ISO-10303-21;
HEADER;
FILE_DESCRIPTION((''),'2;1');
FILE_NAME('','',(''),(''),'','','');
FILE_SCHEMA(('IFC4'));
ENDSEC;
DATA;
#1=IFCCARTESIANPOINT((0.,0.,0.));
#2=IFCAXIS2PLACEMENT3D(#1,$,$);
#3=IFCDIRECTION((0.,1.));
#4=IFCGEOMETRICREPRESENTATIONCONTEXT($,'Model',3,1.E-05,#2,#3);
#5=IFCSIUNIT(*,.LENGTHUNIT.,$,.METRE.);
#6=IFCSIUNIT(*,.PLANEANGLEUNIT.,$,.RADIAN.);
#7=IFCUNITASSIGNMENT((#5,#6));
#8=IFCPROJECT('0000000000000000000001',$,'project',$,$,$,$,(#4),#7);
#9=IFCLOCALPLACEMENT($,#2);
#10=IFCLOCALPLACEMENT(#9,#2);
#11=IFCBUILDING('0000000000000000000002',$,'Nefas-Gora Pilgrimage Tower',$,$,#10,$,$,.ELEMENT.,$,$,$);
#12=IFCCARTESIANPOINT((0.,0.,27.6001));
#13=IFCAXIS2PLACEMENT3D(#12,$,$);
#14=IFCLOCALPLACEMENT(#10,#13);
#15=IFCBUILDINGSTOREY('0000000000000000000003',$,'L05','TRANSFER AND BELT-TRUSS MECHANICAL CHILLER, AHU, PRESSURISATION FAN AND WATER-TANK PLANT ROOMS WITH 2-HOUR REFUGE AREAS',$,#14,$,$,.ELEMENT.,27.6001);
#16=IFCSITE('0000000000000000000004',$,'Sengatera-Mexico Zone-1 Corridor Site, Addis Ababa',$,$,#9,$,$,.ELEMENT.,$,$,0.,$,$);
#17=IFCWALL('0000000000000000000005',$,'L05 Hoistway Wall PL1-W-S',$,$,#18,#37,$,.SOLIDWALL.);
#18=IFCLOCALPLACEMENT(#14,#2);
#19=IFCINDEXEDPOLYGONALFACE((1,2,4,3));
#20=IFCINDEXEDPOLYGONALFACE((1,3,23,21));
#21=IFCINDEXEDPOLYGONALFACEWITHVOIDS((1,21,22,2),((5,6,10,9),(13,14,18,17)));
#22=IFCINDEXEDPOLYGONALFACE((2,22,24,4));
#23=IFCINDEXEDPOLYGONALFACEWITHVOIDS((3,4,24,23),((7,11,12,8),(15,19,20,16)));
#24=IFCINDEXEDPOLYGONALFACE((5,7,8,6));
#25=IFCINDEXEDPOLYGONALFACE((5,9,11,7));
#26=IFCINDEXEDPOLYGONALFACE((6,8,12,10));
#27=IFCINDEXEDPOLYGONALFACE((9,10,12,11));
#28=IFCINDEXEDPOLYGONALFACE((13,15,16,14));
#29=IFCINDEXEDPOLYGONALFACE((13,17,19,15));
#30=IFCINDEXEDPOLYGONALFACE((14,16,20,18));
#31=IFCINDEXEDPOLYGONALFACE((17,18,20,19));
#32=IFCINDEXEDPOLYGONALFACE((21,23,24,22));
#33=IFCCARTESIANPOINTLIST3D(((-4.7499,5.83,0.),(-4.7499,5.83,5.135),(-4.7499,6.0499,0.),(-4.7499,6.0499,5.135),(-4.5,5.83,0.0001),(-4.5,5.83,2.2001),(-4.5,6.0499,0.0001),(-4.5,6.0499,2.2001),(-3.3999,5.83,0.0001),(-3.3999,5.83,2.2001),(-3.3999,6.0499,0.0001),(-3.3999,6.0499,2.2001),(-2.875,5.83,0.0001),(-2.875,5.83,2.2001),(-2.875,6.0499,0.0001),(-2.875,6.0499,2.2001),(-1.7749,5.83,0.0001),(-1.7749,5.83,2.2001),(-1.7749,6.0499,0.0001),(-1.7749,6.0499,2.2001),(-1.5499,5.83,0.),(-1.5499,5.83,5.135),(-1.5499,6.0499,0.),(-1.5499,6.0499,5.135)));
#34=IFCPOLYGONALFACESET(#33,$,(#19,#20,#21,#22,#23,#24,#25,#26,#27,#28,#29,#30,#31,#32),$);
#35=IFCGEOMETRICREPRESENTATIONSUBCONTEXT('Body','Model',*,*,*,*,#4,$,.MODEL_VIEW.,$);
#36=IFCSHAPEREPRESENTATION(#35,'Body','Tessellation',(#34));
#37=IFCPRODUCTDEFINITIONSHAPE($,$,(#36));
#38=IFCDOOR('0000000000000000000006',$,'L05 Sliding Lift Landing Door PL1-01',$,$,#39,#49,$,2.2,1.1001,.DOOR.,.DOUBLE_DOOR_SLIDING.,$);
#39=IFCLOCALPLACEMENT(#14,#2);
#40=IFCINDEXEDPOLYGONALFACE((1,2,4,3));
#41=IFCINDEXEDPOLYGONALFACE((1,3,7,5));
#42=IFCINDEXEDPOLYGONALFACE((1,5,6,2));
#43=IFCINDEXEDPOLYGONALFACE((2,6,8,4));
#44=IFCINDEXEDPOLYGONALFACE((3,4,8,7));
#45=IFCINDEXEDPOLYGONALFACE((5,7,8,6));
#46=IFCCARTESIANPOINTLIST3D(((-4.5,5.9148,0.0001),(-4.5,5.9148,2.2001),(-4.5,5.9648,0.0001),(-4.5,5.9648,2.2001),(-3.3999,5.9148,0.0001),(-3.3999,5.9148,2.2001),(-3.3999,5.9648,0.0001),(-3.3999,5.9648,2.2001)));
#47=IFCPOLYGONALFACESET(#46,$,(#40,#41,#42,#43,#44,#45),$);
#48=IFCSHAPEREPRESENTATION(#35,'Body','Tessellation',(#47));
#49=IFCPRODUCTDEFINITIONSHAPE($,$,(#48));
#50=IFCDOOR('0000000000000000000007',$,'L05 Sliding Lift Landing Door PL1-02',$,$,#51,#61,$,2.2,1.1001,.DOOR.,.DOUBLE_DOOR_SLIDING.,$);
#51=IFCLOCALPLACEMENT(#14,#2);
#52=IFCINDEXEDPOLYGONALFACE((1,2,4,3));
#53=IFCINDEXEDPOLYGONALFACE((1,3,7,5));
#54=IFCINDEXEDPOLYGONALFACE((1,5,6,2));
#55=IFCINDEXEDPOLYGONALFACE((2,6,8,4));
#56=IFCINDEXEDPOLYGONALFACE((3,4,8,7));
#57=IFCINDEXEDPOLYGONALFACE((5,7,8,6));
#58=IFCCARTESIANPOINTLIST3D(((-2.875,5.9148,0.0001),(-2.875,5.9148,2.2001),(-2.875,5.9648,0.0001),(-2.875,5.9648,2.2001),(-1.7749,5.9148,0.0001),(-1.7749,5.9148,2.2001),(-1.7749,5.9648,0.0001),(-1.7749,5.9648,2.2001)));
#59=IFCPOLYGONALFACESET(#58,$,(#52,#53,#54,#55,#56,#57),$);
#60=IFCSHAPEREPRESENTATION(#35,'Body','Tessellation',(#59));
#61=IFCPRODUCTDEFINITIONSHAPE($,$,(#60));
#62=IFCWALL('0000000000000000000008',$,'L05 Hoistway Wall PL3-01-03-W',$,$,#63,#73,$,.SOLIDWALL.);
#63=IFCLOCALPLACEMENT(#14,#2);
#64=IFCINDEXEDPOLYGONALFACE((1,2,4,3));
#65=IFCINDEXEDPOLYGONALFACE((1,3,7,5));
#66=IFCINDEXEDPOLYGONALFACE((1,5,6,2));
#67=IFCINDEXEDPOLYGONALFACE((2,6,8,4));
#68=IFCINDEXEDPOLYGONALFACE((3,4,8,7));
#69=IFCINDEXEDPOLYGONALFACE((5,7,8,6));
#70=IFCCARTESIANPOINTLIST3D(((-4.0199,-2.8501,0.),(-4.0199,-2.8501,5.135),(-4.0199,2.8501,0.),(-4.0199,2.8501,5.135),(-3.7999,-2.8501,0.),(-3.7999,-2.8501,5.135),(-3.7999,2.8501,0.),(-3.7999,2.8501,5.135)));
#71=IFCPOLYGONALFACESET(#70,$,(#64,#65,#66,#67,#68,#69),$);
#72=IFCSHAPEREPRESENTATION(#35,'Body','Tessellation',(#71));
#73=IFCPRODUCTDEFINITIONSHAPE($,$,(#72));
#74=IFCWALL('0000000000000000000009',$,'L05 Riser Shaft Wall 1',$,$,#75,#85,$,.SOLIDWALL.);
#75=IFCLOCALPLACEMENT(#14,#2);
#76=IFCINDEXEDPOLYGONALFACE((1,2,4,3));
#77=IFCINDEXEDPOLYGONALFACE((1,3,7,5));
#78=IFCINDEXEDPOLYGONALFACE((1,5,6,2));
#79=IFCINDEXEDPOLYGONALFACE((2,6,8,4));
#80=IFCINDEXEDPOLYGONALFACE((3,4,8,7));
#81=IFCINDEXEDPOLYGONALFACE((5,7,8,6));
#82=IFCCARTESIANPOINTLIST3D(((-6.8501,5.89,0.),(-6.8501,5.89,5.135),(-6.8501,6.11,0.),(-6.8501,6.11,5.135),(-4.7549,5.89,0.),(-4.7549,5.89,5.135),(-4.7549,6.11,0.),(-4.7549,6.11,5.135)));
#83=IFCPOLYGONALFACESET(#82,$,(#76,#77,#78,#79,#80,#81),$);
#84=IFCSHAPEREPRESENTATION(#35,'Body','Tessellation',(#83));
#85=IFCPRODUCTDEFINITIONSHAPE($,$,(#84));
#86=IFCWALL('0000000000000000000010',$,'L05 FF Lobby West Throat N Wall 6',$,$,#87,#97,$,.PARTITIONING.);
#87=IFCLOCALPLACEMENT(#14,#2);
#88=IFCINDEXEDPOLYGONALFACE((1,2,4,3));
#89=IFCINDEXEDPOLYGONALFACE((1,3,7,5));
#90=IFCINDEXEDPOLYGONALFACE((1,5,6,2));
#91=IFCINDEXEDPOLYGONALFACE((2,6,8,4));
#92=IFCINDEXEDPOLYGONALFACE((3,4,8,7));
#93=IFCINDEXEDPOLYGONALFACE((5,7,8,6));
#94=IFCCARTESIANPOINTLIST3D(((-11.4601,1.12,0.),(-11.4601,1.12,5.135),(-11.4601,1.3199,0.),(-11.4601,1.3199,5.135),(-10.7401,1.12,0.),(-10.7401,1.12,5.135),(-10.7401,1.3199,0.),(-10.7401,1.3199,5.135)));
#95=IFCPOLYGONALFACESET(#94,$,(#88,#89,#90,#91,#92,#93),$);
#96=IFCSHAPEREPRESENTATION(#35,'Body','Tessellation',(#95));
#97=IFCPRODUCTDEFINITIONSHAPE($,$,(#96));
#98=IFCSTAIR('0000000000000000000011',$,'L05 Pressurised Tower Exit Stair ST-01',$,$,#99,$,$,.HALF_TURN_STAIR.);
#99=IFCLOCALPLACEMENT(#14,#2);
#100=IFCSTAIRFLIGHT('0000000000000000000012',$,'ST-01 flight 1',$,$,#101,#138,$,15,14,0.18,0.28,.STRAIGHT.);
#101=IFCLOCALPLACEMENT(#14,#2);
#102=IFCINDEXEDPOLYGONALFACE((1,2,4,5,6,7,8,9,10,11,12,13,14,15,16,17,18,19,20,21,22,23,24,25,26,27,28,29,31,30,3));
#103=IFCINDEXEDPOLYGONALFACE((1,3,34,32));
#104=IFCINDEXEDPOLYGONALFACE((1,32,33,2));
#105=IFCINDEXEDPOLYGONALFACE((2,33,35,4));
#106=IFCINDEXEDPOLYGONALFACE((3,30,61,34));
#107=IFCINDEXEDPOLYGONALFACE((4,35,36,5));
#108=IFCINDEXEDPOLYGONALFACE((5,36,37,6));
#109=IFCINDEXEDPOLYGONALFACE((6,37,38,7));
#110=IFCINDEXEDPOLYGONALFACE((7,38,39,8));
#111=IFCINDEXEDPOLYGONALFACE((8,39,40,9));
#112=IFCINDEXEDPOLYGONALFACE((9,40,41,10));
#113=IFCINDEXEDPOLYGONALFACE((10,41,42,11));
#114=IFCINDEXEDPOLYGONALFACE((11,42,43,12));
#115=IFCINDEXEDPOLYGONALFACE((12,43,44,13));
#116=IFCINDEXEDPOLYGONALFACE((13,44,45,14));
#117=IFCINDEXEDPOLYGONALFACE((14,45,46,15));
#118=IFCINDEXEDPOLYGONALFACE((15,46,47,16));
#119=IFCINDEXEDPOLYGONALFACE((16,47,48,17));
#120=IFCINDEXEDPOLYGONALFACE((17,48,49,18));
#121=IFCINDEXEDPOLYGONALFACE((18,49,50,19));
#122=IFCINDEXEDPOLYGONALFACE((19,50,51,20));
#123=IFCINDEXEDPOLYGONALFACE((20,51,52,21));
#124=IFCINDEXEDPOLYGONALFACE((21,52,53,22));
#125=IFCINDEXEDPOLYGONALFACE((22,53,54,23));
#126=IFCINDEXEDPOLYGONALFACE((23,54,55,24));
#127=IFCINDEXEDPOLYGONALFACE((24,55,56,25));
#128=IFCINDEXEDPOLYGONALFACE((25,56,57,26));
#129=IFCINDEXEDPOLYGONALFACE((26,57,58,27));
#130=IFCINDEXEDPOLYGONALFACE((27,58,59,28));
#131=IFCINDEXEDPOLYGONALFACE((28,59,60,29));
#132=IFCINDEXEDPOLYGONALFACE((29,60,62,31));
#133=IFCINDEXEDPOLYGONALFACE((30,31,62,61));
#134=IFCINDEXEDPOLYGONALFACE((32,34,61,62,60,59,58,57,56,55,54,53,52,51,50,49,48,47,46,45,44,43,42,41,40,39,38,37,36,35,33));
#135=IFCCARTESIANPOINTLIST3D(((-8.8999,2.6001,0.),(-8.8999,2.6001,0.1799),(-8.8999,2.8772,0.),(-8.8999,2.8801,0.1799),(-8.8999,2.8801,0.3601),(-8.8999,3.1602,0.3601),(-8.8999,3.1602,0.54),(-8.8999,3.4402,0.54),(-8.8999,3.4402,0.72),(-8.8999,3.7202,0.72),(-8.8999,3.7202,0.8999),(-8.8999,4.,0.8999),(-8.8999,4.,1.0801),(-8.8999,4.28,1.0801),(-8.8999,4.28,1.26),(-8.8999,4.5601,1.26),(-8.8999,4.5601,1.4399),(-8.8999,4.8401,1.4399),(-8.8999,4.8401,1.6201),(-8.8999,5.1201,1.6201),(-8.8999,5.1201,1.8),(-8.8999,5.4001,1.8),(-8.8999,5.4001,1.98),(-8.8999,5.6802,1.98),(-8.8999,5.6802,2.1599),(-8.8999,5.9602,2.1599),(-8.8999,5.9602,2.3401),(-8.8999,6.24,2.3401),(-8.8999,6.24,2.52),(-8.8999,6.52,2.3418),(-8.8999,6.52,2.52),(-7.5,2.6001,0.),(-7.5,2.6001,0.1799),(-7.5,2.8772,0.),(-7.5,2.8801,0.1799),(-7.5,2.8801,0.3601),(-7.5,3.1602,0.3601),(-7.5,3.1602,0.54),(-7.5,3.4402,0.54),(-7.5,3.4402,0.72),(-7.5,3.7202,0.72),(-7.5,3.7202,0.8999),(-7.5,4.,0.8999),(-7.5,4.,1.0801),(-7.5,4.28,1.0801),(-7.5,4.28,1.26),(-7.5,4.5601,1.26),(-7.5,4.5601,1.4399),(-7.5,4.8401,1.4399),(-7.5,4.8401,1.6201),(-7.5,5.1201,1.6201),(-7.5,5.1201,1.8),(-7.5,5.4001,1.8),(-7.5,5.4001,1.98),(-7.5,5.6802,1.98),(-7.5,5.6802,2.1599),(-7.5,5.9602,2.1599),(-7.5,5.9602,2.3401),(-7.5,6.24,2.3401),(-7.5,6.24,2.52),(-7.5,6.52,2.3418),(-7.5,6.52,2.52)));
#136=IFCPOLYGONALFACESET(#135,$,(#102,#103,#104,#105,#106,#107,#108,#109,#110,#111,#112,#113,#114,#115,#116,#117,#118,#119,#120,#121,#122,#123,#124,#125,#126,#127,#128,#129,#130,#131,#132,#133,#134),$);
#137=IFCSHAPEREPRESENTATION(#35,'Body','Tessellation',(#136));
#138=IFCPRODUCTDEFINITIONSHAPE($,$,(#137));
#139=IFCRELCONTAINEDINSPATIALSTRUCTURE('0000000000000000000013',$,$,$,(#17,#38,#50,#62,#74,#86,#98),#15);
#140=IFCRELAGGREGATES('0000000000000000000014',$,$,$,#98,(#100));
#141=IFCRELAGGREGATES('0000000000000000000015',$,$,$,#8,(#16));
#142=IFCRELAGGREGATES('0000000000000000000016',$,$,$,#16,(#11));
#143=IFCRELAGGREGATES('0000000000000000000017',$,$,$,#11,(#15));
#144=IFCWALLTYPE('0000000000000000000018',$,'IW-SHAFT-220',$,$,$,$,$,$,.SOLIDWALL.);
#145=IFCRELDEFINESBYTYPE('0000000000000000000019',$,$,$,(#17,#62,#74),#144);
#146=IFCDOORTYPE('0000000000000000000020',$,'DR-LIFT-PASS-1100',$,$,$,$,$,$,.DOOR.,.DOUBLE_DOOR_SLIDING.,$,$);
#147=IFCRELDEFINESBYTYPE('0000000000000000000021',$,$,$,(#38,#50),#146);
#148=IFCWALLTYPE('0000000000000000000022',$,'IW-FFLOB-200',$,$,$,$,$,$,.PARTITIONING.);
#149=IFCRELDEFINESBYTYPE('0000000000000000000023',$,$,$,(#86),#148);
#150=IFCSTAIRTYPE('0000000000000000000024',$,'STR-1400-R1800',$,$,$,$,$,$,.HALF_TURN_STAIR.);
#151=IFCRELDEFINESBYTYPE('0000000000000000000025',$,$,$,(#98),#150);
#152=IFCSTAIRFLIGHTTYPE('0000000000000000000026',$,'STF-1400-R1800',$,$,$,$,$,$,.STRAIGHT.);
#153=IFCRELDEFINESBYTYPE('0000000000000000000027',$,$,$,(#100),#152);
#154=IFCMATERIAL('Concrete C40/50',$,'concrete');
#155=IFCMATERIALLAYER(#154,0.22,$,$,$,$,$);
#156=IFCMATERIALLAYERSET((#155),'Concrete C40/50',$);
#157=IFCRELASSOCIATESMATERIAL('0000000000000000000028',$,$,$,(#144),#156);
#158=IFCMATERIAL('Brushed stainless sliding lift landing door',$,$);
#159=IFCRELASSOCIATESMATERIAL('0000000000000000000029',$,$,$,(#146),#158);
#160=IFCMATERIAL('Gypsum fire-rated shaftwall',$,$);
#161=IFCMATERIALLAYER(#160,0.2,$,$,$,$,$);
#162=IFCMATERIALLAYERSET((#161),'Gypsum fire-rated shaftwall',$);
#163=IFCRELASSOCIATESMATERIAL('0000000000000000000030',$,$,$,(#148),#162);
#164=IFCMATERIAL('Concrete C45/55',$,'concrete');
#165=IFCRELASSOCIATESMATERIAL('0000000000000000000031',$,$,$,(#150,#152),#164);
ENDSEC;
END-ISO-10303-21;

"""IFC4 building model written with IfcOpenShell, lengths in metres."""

from ifc_helpers import new_model, si_unit, direction, frame, frame_2d, origin, place, context, subcontext, project, spatial, polyline, rectangle, outline, extrude, source, transform, mapped, material, layer, layer_set, type_object, element, fill, aggregate, save


model = new_model("IFC4")

# Units and contexts
model_context = context("Model", 3, precision=1e-05, world=origin(), true_north=direction((0.0, 1.0)))
body_context = subcontext(model_context, "Body", "Model", "MODEL_VIEW")
ifc_project = project(units=[si_unit("LENGTHUNIT", "METRE"), si_unit("PLANEANGLEUNIT", "RADIAN")], contexts=[model_context])

# Site, building, storey
site_placement = place(None, origin())
site = spatial("IfcSite", under=ifc_project, at=site_placement, Name="Sengatera-Mexico Zone-1 Corridor Site, Addis Ababa", CompositionType="ELEMENT", RefElevation=0.0)
building_placement = place(site_placement, origin())
building = spatial("IfcBuilding", under=site, at=building_placement, Name="Nefas-Gora Pilgrimage Tower", CompositionType="ELEMENT")
storey_placement = place(building_placement, frame((0.0, 0.0, 27.6001)))
storey = spatial("IfcBuildingStorey", under=building, at=storey_placement, Name="L05", Description="TRANSFER AND BELT-TRUSS MECHANICAL CHILLER, AHU, PRESSURISATION FAN AND WATER-TANK PLANT ROOMS WITH 2-HOUR REFUGE AREAS", CompositionType="ELEMENT", Elevation=27.6001)

# Shared definitions
ifc_material_1 = material(Name="Concrete C45/55", Category="concrete")

# Shared definitions
ifc_material_2 = material(Name="Concrete C40/50", Category="concrete")
ifc_layer_1 = layer(ifc_material_2, 0.22)
ifc_layer_set_1 = layer_set([ifc_layer_1], Name="Concrete C40/50")
wall_type_1 = type_object("IfcWallType", Name="IW-SHAFT-220", PredefinedType="SOLIDWALL", material=ifc_layer_set_1)

# Wall, openings, doors
shared_shape_1 = source(origin(), body_context, "Body", "SweptSolid", [
    extrude(rectangle(XDim=3.2, YDim=0.22, at=frame_2d((1.6001, 0.0))), origin(), (0.0, 0.0, 1.0), 5.135),
])
wall_1_placement = place(storey_placement, frame((-4.75, 5.9399, 0.0), z_axis=(0.0, 0.0, 1.0), x_axis=(1.0, 0.0, 0.0)))
wall_1 = element("IfcWall", 1, at=wall_1_placement, inside=storey, type_object=wall_type_1, Name="L05 Hoistway Wall PL1-W-S", PredefinedType="SOLIDWALL", context=body_context, shape_type="MappedRepresentation", body=[
    mapped(shared_shape_1, transform((0.0, 0.0, 0.0), x_axis=(1.0, 0.0, 0.0), y_axis=(0.0, 1.0, 0.0), z_axis=(0.0, 0.0, 1.0), scale=1.0)),
])
opening_1_placement = place(wall_1_placement, frame((0.25, 0.0, 0.0)))
opening_1 = element("IfcOpeningElement", 2, at=opening_1_placement, cuts=wall_1, PredefinedType="OPENING", context=body_context, shape_type="SweptSolid", body=[
    extrude(rectangle(XDim=1.1001, YDim=2.2, at=frame_2d((0.55, 1.1001))), frame((0.0, 0.1199, 0.0), z_axis=(0.0, -1.0, 0.0), x_axis=(1.0, 0.0, 0.0)), (0.0, 0.0, 1.0), 0.24),
])
opening_2_placement = place(wall_1_placement, frame((1.875, 0.0, 0.0)))
opening_2 = element("IfcOpeningElement", 3, at=opening_2_placement, cuts=wall_1, PredefinedType="OPENING", context=body_context, shape_type="SweptSolid", body=[
    extrude(rectangle(XDim=1.1001, YDim=2.2, at=frame_2d((0.55, 1.1001))), frame((0.0, 0.1199, 0.0), z_axis=(0.0, -1.0, 0.0), x_axis=(1.0, 0.0, 0.0)), (0.0, 0.0, 1.0), 0.24),
])
ifc_material_3 = material(Name="Brushed stainless sliding lift landing door")
door_type_1 = type_object("IfcDoorType", Name="DR-LIFT-PASS-1100", OperationType="DOUBLE_DOOR_SLIDING", PredefinedType="DOOR", material=ifc_material_3)
shared_shape_2 = source(origin(), body_context, "Body", "SweptSolid", [
    extrude(rectangle(XDim=1.1001, YDim=2.2, at=frame_2d((0.55, 1.1001))), frame((0.0, 0.0249, 0.0), z_axis=(0.0, -1.0, 0.0), x_axis=(1.0, 0.0, 0.0)), (0.0, 0.0, 1.0), 0.05),
])
door_1_placement = place(opening_1_placement, origin())
door_1 = element("IfcDoor", 4, at=door_1_placement, inside=storey, type_object=door_type_1, Name="L05 Sliding Lift Landing Door PL1-01", OperationType="DOUBLE_DOOR_SLIDING", OverallHeight=2.2, OverallWidth=1.1001, PredefinedType="DOOR", context=body_context, shape_type="MappedRepresentation", body=[
    mapped(shared_shape_2, transform((0.0, 0.0, 0.0), x_axis=(1.0, 0.0, 0.0), y_axis=(0.0, 1.0, 0.0), z_axis=(0.0, 0.0, 1.0), scale=1.0)),
])
fill(opening_1, door_1)
door_2_placement = place(opening_2_placement, origin())
door_2 = element("IfcDoor", 5, at=door_2_placement, inside=storey, type_object=door_type_1, Name="L05 Sliding Lift Landing Door PL1-02", OperationType="DOUBLE_DOOR_SLIDING", OverallHeight=2.2, OverallWidth=1.1001, PredefinedType="DOOR", context=body_context, shape_type="MappedRepresentation", body=[
    mapped(shared_shape_2, transform((0.0, 0.0, 0.0), x_axis=(1.0, 0.0, 0.0), y_axis=(0.0, 1.0, 0.0), z_axis=(0.0, 0.0, 1.0), scale=1.0)),
])
fill(opening_2, door_2)

# Walls
shared_shape_3 = source(origin(), body_context, "Body", "SweptSolid", [
    extrude(rectangle(XDim=5.7002, YDim=0.22, at=frame_2d((2.8501, 0.0))), origin(), (0.0, 0.0, 1.0), 5.135),
])
wall_2_placement = place(storey_placement, frame((-3.9099, 2.8501, 0.0), z_axis=(0.0, 0.0, 1.0), x_axis=(0.0, -1.0, 0.0)))
element("IfcWall", 6, at=wall_2_placement, inside=storey, type_object=wall_type_1, Name="L05 Hoistway Wall PL3-01-03-W", PredefinedType="SOLIDWALL", context=body_context, shape_type="MappedRepresentation", body=[
    mapped(shared_shape_3, transform((0.0, 0.0, 0.0), x_axis=(1.0, 0.0, 0.0), y_axis=(0.0, 1.0, 0.0), z_axis=(0.0, 0.0, 1.0), scale=1.0)),
])
shared_shape_4 = source(origin(), body_context, "Body", "SweptSolid", [
    extrude(rectangle(XDim=2.0952, YDim=0.22, at=frame_2d((1.0476, 0.0))), origin(), (0.0, 0.0, 1.0), 5.135),
])
wall_3_placement = place(storey_placement, frame((-6.8501, 6.0, 0.0), z_axis=(0.0, 0.0, 1.0), x_axis=(1.0, 0.0, 0.0)))
element("IfcWall", 7, at=wall_3_placement, inside=storey, type_object=wall_type_1, Name="L05 Riser Shaft Wall 1", PredefinedType="SOLIDWALL", context=body_context, shape_type="MappedRepresentation", body=[
    mapped(shared_shape_4, transform((0.0, 0.0, 0.0), x_axis=(1.0, 0.0, 0.0), y_axis=(0.0, 1.0, 0.0), z_axis=(0.0, 0.0, 1.0), scale=1.0)),
])
ifc_material_4 = material(Name="Gypsum fire-rated shaftwall")
ifc_layer_2 = layer(ifc_material_4, 0.2)
ifc_layer_set_2 = layer_set([ifc_layer_2], Name="Gypsum fire-rated shaftwall")
wall_type_2 = type_object("IfcWallType", Name="IW-FFLOB-200", PredefinedType="PARTITIONING", material=ifc_layer_set_2)
shared_shape_5 = source(origin(), body_context, "Body", "SweptSolid", [
    extrude(rectangle(XDim=0.72, YDim=0.2, at=frame_2d((0.3599, 0.0))), origin(), (0.0, 0.0, 1.0), 5.135),
])
wall_4_placement = place(storey_placement, frame((-11.46, 1.22, 0.0), z_axis=(0.0, 0.0, 1.0), x_axis=(1.0, 0.0, 0.0)))
element("IfcWall", 8, at=wall_4_placement, inside=storey, type_object=wall_type_2, Name="L05 FF Lobby West Throat N Wall 6", PredefinedType="PARTITIONING", context=body_context, shape_type="MappedRepresentation", body=[
    mapped(shared_shape_5, transform((0.0, 0.0, 0.0), x_axis=(1.0, 0.0, 0.0), y_axis=(0.0, 1.0, 0.0), z_axis=(0.0, 0.0, 1.0), scale=1.0)),
])

# Stair, stair flight
stair_type = type_object("IfcStairType", Name="STR-1400-R1800", PredefinedType="HALF_TURN_STAIR", material=ifc_material_1)
stair_placement = place(storey_placement, origin())
stair = element("IfcStair", 9, at=stair_placement, inside=storey, type_object=stair_type, Name="L05 Pressurised Tower Exit Stair ST-01", PredefinedType="HALF_TURN_STAIR")
stair_flight_type = type_object("IfcStairFlightType", Name="STF-1400-R1800", PredefinedType="STRAIGHT", material=ifc_material_1)
shared_shape_6 = source(origin(), body_context, "Body", "SweptSolid", [
    extrude(outline(polyline([(0.0, 0.0), (0.0, 0.1799), (0.28, 0.1799), (0.28, 0.3601), (0.5601, 0.3601), (0.5601, 0.54), (0.8401, 0.54), (0.8401, 0.72), (1.1201, 0.72), (1.1201, 0.8999), (1.3999, 0.8999), (1.3999, 1.0801), (1.6799, 1.0801), (1.6799, 1.26), (1.96, 1.26), (1.96, 1.4399), (2.24, 1.4399), (2.24, 1.6201), (2.52, 1.6201), (2.52, 1.8), (2.8, 1.8), (2.8, 1.98), (3.0801, 1.98), (3.0801, 2.1599), (3.3601, 2.1599), (3.3601, 2.3401), (3.6399, 2.3401), (3.6399, 2.52), (3.9199, 2.52), (3.9199, 2.7), (3.9199, 2.3418), (0.2771, 0.0), (0.0, 0.0)])), frame((0.0, 0.7, 0.0), z_axis=(0.0, -1.0, 0.0), x_axis=(1.0, 0.0, 0.0)), (0.0, 0.0, 1.0), 1.3999),
])
stair_flight_placement = place(storey_placement, frame((-8.2, 2.6001, 0.0), z_axis=(0.0, 0.0, 1.0), x_axis=(0.0, 1.0, 0.0)))
stair_flight = element("IfcStairFlight", 10, at=stair_flight_placement, type_object=stair_flight_type, Name="ST-01 flight 1", NumberOfRisers=15, NumberOfTreads=14, PredefinedType="STRAIGHT", RiserHeight=0.18, TreadLength=0.28, context=body_context, shape_type="MappedRepresentation", body=[
    mapped(shared_shape_6, transform((0.0, 0.0, 0.0), x_axis=(1.0, 0.0, 0.0), y_axis=(0.0, 1.0, 0.0), z_axis=(0.0, 0.0, 1.0), scale=1.0)),
])
aggregate(stair, [stair_flight])

save(model, "model.ifc")
